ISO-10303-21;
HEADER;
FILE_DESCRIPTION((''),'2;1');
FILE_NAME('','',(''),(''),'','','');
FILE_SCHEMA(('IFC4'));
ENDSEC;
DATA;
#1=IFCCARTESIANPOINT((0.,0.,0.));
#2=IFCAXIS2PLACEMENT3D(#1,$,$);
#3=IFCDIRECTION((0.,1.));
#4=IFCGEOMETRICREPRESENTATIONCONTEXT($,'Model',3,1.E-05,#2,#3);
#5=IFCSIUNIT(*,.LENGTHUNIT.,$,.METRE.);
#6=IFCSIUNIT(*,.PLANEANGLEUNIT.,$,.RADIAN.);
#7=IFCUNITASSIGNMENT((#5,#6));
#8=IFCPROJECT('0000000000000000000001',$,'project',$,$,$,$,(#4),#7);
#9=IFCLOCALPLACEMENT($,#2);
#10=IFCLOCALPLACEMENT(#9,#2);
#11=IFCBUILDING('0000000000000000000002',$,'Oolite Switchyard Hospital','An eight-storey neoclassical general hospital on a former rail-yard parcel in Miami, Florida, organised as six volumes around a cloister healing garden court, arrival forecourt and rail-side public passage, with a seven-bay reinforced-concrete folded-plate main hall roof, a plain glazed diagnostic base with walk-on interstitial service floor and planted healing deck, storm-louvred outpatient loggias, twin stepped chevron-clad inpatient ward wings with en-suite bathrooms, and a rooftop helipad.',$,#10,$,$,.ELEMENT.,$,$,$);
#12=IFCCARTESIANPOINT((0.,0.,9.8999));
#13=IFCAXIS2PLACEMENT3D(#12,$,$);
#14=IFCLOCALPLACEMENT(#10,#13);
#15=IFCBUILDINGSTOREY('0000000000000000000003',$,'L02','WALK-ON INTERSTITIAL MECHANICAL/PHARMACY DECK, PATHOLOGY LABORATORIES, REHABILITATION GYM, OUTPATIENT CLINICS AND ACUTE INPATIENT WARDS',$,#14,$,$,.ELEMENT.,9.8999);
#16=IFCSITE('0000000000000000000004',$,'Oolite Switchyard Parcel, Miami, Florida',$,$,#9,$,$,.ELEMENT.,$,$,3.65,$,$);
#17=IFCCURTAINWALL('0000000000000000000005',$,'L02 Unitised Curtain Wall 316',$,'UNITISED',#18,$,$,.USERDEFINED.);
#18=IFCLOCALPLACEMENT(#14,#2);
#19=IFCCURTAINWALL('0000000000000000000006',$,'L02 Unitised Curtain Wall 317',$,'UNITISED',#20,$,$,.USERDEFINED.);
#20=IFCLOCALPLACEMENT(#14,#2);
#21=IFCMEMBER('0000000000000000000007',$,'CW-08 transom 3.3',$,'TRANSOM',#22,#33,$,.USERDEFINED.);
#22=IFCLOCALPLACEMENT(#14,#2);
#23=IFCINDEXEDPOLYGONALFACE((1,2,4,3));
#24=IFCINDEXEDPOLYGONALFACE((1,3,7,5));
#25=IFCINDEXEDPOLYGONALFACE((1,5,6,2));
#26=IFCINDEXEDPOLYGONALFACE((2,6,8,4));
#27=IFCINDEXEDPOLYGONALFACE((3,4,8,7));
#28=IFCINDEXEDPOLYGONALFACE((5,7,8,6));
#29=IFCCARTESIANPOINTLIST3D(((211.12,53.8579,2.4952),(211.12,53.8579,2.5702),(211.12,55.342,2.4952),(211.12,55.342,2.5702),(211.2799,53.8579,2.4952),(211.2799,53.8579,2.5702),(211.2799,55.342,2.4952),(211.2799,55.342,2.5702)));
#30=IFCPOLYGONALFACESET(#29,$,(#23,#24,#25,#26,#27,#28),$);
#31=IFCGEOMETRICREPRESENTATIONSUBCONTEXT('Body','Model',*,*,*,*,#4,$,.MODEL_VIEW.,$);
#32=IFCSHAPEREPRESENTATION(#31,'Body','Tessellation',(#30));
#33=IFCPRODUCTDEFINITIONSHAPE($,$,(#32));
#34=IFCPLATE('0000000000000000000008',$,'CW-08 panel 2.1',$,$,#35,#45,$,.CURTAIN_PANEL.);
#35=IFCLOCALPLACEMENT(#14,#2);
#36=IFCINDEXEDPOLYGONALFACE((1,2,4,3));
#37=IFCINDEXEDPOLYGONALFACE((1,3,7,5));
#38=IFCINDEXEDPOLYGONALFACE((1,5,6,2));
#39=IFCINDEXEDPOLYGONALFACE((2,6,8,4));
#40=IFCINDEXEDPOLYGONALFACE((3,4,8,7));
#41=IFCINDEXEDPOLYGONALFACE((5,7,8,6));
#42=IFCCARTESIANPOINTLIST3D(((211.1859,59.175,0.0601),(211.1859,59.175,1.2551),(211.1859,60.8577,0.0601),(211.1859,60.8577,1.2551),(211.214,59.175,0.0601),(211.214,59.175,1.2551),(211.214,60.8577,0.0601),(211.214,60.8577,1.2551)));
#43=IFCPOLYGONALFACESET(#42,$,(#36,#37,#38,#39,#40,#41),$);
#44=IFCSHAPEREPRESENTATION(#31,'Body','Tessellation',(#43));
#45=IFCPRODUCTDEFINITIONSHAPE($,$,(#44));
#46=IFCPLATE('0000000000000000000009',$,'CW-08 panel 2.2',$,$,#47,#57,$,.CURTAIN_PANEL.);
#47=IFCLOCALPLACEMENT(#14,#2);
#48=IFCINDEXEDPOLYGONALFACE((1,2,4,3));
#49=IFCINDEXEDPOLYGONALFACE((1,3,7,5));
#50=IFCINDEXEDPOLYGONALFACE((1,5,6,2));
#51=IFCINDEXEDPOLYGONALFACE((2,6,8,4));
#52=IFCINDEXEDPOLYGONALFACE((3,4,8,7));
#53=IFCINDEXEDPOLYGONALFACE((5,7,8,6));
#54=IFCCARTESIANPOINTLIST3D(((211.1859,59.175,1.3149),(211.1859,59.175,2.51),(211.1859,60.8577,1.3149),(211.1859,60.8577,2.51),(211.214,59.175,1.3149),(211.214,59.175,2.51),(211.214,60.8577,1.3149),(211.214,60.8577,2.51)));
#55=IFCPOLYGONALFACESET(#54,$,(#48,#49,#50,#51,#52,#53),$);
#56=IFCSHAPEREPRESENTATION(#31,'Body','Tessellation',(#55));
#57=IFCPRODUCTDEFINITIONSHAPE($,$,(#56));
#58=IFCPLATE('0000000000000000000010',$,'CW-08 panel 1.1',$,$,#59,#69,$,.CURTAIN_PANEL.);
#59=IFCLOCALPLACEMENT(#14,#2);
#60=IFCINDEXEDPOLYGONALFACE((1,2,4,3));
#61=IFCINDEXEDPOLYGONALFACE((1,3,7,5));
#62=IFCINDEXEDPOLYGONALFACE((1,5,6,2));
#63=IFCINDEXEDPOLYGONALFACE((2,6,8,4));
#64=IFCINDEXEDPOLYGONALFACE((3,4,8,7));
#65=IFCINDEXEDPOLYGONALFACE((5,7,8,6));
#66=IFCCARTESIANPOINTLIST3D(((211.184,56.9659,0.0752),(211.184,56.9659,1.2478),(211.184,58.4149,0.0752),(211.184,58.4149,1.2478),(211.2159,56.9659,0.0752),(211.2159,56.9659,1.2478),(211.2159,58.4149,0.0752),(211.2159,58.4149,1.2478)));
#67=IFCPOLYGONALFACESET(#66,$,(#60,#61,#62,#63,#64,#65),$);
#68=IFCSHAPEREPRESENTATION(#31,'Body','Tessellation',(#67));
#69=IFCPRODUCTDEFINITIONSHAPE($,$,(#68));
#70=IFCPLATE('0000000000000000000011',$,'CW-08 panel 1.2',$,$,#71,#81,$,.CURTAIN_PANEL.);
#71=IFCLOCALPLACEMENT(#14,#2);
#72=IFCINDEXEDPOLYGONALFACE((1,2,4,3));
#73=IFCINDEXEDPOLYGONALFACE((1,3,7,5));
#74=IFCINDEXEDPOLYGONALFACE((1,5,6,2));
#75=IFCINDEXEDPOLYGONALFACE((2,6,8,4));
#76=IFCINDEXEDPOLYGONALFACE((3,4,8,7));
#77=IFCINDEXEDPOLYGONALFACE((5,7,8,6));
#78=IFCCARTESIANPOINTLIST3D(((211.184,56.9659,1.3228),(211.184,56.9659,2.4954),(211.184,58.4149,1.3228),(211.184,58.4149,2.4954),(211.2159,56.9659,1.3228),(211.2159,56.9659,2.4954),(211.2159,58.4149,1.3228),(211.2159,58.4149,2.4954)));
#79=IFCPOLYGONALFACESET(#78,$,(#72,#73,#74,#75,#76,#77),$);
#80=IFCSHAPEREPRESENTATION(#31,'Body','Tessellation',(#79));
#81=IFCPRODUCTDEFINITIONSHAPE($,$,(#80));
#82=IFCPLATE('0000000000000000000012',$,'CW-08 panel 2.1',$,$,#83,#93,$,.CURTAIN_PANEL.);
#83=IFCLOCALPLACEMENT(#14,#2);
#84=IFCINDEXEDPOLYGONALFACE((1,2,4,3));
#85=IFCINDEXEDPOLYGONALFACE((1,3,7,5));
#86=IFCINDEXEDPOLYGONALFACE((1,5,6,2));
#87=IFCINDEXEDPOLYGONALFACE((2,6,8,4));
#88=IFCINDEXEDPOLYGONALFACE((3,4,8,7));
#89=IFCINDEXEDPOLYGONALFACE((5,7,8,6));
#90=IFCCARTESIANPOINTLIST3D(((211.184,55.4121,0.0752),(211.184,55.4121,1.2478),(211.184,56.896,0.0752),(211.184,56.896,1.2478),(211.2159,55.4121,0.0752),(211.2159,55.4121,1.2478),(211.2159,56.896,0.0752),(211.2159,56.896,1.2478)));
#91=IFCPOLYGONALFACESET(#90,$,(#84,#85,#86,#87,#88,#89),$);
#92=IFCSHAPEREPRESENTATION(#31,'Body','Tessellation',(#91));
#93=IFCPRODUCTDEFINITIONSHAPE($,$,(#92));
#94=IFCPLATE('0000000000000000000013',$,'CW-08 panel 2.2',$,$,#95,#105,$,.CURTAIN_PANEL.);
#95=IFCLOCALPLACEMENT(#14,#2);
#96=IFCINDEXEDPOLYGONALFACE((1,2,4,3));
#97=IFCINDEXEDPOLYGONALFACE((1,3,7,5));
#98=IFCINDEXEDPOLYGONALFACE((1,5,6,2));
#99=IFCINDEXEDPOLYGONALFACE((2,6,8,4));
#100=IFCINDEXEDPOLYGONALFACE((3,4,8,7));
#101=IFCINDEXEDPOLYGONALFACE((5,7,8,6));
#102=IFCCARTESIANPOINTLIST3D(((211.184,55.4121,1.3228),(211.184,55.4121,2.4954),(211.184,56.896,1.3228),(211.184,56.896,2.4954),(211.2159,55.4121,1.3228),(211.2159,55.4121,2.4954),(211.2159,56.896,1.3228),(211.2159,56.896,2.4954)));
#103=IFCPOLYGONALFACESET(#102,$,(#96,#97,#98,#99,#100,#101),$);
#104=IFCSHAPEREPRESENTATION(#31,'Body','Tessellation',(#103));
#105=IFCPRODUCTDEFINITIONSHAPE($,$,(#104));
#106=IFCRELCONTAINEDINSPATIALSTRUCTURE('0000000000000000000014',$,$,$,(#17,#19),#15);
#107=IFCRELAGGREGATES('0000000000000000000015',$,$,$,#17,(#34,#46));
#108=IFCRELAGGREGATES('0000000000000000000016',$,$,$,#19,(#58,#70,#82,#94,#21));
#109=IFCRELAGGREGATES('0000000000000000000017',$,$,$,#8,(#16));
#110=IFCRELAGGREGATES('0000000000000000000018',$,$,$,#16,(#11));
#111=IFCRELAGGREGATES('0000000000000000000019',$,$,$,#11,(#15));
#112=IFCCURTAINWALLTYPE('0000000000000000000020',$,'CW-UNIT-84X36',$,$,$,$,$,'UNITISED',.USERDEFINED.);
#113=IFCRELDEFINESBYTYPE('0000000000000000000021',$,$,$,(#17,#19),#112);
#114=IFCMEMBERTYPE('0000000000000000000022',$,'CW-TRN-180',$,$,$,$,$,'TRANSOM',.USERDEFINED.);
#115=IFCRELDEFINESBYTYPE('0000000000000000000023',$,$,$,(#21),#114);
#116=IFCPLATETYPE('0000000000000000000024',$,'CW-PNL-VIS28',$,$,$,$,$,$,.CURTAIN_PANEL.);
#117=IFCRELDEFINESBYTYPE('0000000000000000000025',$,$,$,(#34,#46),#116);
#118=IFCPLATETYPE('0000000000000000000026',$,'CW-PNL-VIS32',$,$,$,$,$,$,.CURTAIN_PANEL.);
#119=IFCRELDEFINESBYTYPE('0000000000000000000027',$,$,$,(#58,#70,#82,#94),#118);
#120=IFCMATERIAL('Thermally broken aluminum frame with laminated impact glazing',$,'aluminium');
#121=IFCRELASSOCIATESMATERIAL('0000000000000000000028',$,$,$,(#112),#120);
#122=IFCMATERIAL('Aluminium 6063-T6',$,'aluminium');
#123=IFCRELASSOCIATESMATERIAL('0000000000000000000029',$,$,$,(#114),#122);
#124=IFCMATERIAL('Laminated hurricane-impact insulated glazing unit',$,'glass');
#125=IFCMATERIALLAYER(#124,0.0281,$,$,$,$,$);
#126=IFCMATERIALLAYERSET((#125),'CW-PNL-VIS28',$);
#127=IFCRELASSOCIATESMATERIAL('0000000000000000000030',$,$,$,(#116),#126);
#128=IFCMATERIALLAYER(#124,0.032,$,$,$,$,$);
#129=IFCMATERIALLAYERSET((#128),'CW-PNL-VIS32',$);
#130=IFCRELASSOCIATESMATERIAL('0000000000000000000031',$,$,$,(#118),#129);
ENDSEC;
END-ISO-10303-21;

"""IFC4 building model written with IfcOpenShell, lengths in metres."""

from ifc_helpers import new_model, si_unit, direction, frame, origin, origin_2d, place, context, subcontext, project, spatial, rectangle, extrude, material, layer, layer_set, material_profile, profile_set, type_object, element, aggregate, save


model = new_model("IFC4")

# Units and contexts
model_context = context("Model", 3, precision=1e-05, world=origin(), true_north=direction((0.0, 1.0)))
body_context = subcontext(model_context, "Body", "Model", "MODEL_VIEW")
ifc_project = project(units=[si_unit("LENGTHUNIT", "METRE"), si_unit("PLANEANGLEUNIT", "RADIAN")], contexts=[model_context])

# Site, building, storey
site_placement = place(None, origin())
site = spatial("IfcSite", under=ifc_project, at=site_placement, Name="Oolite Switchyard Parcel, Miami, Florida", CompositionType="ELEMENT", RefElevation=3.65)
building_placement = place(site_placement, origin())
building = spatial("IfcBuilding", under=site, at=building_placement, Name="Oolite Switchyard Hospital", Description="An eight-storey neoclassical general hospital on a former rail-yard parcel in Miami, Florida, organised as six volumes around a cloister healing garden court, arrival forecourt and rail-side public passage, with a seven-bay reinforced-concrete folded-plate main hall roof, a plain glazed diagnostic base with walk-on interstitial service floor and planted healing deck, storm-louvred outpatient loggias, twin stepped chevron-clad inpatient ward wings with en-suite bathrooms, and a rooftop helipad.", CompositionType="ELEMENT")
storey_placement = place(building_placement, frame((0.0, 0.0, 9.8999)))
storey = spatial("IfcBuildingStorey", under=building, at=storey_placement, Name="L02", Description="WALK-ON INTERSTITIAL MECHANICAL/PHARMACY DECK, PATHOLOGY LABORATORIES, REHABILITATION GYM, OUTPATIENT CLINICS AND ACUTE INPATIENT WARDS", CompositionType="ELEMENT", Elevation=9.8999)

# Curtain wall
ifc_material_1 = material(Name="Thermally broken aluminum frame with laminated impact glazing", Category="aluminium")
curtain_wall_type = type_object("IfcCurtainWallType", Name="CW-UNIT-84X36", ElementType="UNITISED", PredefinedType="USERDEFINED", material=ifc_material_1)
curtain_wall_1_placement = place(storey_placement, origin())
curtain_wall_1 = element("IfcCurtainWall", 1, at=curtain_wall_1_placement, inside=storey, type_object=curtain_wall_type, Name="L02 Unitised Curtain Wall 316", ObjectType="UNITISED", PredefinedType="USERDEFINED")
ifc_material_2 = material(Name="Aluminium 6063-T6", Category="aluminium")

# Curtain wall
curtain_wall_2_placement = place(storey_placement, origin())
curtain_wall_2 = element("IfcCurtainWall", 2, at=curtain_wall_2_placement, inside=storey, type_object=curtain_wall_type, Name="L02 Unitised Curtain Wall 317", ObjectType="UNITISED", PredefinedType="USERDEFINED")

# Member
ifc_material_profile_1 = material_profile(ifc_material_2, rectangle(XDim=0.1599, YDim=0.075, at=origin_2d()), Name="CWT75X160")
ifc_profile_set_1 = profile_set([ifc_material_profile_1], Name="Aluminium 6063-T6")
member_type_1 = type_object("IfcMemberType", Name="CW-TRN-180", ElementType="TRANSOM", PredefinedType="USERDEFINED", material=ifc_profile_set_1)
member_1_placement = place(storey_placement, frame((211.2, 55.342, 2.5327), z_axis=(0.0, -1.0, 0.0), x_axis=(1.0, 0.0, 0.0)))
member_1 = element("IfcMember", 3, at=member_1_placement, type_object=member_type_1, Name="CW-08 transom 3.3", ObjectType="TRANSOM", PredefinedType="USERDEFINED", context=body_context, shape_type="SweptSolid", body=[
    extrude(rectangle(XDim=0.1599, YDim=0.075, at=origin_2d()), origin(), (0.0, 0.0, 1.0), 1.4841),
])

# Plates
ifc_material_3 = material(Name="Laminated hurricane-impact insulated glazing unit", Category="glass")
ifc_layer_1 = layer(ifc_material_3, 0.0281)
ifc_layer_set_1 = layer_set([ifc_layer_1], Name="CW-PNL-VIS28")
plate_type_1 = type_object("IfcPlateType", Name="CW-PNL-VIS28", PredefinedType="CURTAIN_PANEL", material=ifc_layer_set_1)
plate_1_placement = place(storey_placement, frame((211.2, 60.0164, 0.0601), z_axis=(0.0, 0.0, 1.0), x_axis=(0.0, -1.0, 0.0)))
plate_1 = element("IfcPlate", 4, at=plate_1_placement, type_object=plate_type_1, Name="CW-08 panel 2.1", PredefinedType="CURTAIN_PANEL", context=body_context, shape_type="SweptSolid", body=[
    extrude(rectangle(XDim=1.6826, YDim=0.0281, at=origin_2d()), origin(), (0.0, 0.0, 1.0), 1.1951),
])
plate_2_placement = place(storey_placement, frame((211.2, 60.0164, 1.3149), z_axis=(0.0, 0.0, 1.0), x_axis=(0.0, -1.0, 0.0)))
plate_2 = element("IfcPlate", 5, at=plate_2_placement, type_object=plate_type_1, Name="CW-08 panel 2.2", PredefinedType="CURTAIN_PANEL", context=body_context, shape_type="SweptSolid", body=[
    extrude(rectangle(XDim=1.6826, YDim=0.0281, at=origin_2d()), origin(), (0.0, 0.0, 1.0), 1.1951),
])
aggregate(curtain_wall_1, [plate_1, plate_2])
ifc_layer_2 = layer(ifc_material_3, 0.032)
ifc_layer_set_2 = layer_set([ifc_layer_2], Name="CW-PNL-VIS32")
plate_type_2 = type_object("IfcPlateType", Name="CW-PNL-VIS32", PredefinedType="CURTAIN_PANEL", material=ifc_layer_set_2)
plate_3_placement = place(storey_placement, frame((211.2, 57.6904, 0.0752), z_axis=(0.0, 0.0, 1.0), x_axis=(0.0, -1.0, 0.0)))
plate_3 = element("IfcPlate", 6, at=plate_3_placement, type_object=plate_type_2, Name="CW-08 panel 1.1", PredefinedType="CURTAIN_PANEL", context=body_context, shape_type="SweptSolid", body=[
    extrude(rectangle(XDim=1.449, YDim=0.032, at=origin_2d()), origin(), (0.0, 0.0, 1.0), 1.1726),
])
plate_4_placement = place(storey_placement, frame((211.2, 57.6904, 1.3228), z_axis=(0.0, 0.0, 1.0), x_axis=(0.0, -1.0, 0.0)))
plate_4 = element("IfcPlate", 7, at=plate_4_placement, type_object=plate_type_2, Name="CW-08 panel 1.2", PredefinedType="CURTAIN_PANEL", context=body_context, shape_type="SweptSolid", body=[
    extrude(rectangle(XDim=1.449, YDim=0.032, at=origin_2d()), origin(), (0.0, 0.0, 1.0), 1.1726),
])
plate_5_placement = place(storey_placement, frame((211.2, 56.1541, 0.0752), z_axis=(0.0, 0.0, 1.0), x_axis=(0.0, -1.0, 0.0)))
plate_5 = element("IfcPlate", 8, at=plate_5_placement, type_object=plate_type_2, Name="CW-08 panel 2.1", PredefinedType="CURTAIN_PANEL", context=body_context, shape_type="SweptSolid", body=[
    extrude(rectangle(XDim=1.4839, YDim=0.032, at=origin_2d()), origin(), (0.0, 0.0, 1.0), 1.1726),
])
plate_6_placement = place(storey_placement, frame((211.2, 56.1541, 1.3228), z_axis=(0.0, 0.0, 1.0), x_axis=(0.0, -1.0, 0.0)))
plate_6 = element("IfcPlate", 9, at=plate_6_placement, type_object=plate_type_2, Name="CW-08 panel 2.2", PredefinedType="CURTAIN_PANEL", context=body_context, shape_type="SweptSolid", body=[
    extrude(rectangle(XDim=1.4839, YDim=0.032, at=origin_2d()), origin(), (0.0, 0.0, 1.0), 1.1726),
])
aggregate(curtain_wall_2, [plate_3, plate_4, plate_5, plate_6, member_1])

save(model, "model.ifc")
